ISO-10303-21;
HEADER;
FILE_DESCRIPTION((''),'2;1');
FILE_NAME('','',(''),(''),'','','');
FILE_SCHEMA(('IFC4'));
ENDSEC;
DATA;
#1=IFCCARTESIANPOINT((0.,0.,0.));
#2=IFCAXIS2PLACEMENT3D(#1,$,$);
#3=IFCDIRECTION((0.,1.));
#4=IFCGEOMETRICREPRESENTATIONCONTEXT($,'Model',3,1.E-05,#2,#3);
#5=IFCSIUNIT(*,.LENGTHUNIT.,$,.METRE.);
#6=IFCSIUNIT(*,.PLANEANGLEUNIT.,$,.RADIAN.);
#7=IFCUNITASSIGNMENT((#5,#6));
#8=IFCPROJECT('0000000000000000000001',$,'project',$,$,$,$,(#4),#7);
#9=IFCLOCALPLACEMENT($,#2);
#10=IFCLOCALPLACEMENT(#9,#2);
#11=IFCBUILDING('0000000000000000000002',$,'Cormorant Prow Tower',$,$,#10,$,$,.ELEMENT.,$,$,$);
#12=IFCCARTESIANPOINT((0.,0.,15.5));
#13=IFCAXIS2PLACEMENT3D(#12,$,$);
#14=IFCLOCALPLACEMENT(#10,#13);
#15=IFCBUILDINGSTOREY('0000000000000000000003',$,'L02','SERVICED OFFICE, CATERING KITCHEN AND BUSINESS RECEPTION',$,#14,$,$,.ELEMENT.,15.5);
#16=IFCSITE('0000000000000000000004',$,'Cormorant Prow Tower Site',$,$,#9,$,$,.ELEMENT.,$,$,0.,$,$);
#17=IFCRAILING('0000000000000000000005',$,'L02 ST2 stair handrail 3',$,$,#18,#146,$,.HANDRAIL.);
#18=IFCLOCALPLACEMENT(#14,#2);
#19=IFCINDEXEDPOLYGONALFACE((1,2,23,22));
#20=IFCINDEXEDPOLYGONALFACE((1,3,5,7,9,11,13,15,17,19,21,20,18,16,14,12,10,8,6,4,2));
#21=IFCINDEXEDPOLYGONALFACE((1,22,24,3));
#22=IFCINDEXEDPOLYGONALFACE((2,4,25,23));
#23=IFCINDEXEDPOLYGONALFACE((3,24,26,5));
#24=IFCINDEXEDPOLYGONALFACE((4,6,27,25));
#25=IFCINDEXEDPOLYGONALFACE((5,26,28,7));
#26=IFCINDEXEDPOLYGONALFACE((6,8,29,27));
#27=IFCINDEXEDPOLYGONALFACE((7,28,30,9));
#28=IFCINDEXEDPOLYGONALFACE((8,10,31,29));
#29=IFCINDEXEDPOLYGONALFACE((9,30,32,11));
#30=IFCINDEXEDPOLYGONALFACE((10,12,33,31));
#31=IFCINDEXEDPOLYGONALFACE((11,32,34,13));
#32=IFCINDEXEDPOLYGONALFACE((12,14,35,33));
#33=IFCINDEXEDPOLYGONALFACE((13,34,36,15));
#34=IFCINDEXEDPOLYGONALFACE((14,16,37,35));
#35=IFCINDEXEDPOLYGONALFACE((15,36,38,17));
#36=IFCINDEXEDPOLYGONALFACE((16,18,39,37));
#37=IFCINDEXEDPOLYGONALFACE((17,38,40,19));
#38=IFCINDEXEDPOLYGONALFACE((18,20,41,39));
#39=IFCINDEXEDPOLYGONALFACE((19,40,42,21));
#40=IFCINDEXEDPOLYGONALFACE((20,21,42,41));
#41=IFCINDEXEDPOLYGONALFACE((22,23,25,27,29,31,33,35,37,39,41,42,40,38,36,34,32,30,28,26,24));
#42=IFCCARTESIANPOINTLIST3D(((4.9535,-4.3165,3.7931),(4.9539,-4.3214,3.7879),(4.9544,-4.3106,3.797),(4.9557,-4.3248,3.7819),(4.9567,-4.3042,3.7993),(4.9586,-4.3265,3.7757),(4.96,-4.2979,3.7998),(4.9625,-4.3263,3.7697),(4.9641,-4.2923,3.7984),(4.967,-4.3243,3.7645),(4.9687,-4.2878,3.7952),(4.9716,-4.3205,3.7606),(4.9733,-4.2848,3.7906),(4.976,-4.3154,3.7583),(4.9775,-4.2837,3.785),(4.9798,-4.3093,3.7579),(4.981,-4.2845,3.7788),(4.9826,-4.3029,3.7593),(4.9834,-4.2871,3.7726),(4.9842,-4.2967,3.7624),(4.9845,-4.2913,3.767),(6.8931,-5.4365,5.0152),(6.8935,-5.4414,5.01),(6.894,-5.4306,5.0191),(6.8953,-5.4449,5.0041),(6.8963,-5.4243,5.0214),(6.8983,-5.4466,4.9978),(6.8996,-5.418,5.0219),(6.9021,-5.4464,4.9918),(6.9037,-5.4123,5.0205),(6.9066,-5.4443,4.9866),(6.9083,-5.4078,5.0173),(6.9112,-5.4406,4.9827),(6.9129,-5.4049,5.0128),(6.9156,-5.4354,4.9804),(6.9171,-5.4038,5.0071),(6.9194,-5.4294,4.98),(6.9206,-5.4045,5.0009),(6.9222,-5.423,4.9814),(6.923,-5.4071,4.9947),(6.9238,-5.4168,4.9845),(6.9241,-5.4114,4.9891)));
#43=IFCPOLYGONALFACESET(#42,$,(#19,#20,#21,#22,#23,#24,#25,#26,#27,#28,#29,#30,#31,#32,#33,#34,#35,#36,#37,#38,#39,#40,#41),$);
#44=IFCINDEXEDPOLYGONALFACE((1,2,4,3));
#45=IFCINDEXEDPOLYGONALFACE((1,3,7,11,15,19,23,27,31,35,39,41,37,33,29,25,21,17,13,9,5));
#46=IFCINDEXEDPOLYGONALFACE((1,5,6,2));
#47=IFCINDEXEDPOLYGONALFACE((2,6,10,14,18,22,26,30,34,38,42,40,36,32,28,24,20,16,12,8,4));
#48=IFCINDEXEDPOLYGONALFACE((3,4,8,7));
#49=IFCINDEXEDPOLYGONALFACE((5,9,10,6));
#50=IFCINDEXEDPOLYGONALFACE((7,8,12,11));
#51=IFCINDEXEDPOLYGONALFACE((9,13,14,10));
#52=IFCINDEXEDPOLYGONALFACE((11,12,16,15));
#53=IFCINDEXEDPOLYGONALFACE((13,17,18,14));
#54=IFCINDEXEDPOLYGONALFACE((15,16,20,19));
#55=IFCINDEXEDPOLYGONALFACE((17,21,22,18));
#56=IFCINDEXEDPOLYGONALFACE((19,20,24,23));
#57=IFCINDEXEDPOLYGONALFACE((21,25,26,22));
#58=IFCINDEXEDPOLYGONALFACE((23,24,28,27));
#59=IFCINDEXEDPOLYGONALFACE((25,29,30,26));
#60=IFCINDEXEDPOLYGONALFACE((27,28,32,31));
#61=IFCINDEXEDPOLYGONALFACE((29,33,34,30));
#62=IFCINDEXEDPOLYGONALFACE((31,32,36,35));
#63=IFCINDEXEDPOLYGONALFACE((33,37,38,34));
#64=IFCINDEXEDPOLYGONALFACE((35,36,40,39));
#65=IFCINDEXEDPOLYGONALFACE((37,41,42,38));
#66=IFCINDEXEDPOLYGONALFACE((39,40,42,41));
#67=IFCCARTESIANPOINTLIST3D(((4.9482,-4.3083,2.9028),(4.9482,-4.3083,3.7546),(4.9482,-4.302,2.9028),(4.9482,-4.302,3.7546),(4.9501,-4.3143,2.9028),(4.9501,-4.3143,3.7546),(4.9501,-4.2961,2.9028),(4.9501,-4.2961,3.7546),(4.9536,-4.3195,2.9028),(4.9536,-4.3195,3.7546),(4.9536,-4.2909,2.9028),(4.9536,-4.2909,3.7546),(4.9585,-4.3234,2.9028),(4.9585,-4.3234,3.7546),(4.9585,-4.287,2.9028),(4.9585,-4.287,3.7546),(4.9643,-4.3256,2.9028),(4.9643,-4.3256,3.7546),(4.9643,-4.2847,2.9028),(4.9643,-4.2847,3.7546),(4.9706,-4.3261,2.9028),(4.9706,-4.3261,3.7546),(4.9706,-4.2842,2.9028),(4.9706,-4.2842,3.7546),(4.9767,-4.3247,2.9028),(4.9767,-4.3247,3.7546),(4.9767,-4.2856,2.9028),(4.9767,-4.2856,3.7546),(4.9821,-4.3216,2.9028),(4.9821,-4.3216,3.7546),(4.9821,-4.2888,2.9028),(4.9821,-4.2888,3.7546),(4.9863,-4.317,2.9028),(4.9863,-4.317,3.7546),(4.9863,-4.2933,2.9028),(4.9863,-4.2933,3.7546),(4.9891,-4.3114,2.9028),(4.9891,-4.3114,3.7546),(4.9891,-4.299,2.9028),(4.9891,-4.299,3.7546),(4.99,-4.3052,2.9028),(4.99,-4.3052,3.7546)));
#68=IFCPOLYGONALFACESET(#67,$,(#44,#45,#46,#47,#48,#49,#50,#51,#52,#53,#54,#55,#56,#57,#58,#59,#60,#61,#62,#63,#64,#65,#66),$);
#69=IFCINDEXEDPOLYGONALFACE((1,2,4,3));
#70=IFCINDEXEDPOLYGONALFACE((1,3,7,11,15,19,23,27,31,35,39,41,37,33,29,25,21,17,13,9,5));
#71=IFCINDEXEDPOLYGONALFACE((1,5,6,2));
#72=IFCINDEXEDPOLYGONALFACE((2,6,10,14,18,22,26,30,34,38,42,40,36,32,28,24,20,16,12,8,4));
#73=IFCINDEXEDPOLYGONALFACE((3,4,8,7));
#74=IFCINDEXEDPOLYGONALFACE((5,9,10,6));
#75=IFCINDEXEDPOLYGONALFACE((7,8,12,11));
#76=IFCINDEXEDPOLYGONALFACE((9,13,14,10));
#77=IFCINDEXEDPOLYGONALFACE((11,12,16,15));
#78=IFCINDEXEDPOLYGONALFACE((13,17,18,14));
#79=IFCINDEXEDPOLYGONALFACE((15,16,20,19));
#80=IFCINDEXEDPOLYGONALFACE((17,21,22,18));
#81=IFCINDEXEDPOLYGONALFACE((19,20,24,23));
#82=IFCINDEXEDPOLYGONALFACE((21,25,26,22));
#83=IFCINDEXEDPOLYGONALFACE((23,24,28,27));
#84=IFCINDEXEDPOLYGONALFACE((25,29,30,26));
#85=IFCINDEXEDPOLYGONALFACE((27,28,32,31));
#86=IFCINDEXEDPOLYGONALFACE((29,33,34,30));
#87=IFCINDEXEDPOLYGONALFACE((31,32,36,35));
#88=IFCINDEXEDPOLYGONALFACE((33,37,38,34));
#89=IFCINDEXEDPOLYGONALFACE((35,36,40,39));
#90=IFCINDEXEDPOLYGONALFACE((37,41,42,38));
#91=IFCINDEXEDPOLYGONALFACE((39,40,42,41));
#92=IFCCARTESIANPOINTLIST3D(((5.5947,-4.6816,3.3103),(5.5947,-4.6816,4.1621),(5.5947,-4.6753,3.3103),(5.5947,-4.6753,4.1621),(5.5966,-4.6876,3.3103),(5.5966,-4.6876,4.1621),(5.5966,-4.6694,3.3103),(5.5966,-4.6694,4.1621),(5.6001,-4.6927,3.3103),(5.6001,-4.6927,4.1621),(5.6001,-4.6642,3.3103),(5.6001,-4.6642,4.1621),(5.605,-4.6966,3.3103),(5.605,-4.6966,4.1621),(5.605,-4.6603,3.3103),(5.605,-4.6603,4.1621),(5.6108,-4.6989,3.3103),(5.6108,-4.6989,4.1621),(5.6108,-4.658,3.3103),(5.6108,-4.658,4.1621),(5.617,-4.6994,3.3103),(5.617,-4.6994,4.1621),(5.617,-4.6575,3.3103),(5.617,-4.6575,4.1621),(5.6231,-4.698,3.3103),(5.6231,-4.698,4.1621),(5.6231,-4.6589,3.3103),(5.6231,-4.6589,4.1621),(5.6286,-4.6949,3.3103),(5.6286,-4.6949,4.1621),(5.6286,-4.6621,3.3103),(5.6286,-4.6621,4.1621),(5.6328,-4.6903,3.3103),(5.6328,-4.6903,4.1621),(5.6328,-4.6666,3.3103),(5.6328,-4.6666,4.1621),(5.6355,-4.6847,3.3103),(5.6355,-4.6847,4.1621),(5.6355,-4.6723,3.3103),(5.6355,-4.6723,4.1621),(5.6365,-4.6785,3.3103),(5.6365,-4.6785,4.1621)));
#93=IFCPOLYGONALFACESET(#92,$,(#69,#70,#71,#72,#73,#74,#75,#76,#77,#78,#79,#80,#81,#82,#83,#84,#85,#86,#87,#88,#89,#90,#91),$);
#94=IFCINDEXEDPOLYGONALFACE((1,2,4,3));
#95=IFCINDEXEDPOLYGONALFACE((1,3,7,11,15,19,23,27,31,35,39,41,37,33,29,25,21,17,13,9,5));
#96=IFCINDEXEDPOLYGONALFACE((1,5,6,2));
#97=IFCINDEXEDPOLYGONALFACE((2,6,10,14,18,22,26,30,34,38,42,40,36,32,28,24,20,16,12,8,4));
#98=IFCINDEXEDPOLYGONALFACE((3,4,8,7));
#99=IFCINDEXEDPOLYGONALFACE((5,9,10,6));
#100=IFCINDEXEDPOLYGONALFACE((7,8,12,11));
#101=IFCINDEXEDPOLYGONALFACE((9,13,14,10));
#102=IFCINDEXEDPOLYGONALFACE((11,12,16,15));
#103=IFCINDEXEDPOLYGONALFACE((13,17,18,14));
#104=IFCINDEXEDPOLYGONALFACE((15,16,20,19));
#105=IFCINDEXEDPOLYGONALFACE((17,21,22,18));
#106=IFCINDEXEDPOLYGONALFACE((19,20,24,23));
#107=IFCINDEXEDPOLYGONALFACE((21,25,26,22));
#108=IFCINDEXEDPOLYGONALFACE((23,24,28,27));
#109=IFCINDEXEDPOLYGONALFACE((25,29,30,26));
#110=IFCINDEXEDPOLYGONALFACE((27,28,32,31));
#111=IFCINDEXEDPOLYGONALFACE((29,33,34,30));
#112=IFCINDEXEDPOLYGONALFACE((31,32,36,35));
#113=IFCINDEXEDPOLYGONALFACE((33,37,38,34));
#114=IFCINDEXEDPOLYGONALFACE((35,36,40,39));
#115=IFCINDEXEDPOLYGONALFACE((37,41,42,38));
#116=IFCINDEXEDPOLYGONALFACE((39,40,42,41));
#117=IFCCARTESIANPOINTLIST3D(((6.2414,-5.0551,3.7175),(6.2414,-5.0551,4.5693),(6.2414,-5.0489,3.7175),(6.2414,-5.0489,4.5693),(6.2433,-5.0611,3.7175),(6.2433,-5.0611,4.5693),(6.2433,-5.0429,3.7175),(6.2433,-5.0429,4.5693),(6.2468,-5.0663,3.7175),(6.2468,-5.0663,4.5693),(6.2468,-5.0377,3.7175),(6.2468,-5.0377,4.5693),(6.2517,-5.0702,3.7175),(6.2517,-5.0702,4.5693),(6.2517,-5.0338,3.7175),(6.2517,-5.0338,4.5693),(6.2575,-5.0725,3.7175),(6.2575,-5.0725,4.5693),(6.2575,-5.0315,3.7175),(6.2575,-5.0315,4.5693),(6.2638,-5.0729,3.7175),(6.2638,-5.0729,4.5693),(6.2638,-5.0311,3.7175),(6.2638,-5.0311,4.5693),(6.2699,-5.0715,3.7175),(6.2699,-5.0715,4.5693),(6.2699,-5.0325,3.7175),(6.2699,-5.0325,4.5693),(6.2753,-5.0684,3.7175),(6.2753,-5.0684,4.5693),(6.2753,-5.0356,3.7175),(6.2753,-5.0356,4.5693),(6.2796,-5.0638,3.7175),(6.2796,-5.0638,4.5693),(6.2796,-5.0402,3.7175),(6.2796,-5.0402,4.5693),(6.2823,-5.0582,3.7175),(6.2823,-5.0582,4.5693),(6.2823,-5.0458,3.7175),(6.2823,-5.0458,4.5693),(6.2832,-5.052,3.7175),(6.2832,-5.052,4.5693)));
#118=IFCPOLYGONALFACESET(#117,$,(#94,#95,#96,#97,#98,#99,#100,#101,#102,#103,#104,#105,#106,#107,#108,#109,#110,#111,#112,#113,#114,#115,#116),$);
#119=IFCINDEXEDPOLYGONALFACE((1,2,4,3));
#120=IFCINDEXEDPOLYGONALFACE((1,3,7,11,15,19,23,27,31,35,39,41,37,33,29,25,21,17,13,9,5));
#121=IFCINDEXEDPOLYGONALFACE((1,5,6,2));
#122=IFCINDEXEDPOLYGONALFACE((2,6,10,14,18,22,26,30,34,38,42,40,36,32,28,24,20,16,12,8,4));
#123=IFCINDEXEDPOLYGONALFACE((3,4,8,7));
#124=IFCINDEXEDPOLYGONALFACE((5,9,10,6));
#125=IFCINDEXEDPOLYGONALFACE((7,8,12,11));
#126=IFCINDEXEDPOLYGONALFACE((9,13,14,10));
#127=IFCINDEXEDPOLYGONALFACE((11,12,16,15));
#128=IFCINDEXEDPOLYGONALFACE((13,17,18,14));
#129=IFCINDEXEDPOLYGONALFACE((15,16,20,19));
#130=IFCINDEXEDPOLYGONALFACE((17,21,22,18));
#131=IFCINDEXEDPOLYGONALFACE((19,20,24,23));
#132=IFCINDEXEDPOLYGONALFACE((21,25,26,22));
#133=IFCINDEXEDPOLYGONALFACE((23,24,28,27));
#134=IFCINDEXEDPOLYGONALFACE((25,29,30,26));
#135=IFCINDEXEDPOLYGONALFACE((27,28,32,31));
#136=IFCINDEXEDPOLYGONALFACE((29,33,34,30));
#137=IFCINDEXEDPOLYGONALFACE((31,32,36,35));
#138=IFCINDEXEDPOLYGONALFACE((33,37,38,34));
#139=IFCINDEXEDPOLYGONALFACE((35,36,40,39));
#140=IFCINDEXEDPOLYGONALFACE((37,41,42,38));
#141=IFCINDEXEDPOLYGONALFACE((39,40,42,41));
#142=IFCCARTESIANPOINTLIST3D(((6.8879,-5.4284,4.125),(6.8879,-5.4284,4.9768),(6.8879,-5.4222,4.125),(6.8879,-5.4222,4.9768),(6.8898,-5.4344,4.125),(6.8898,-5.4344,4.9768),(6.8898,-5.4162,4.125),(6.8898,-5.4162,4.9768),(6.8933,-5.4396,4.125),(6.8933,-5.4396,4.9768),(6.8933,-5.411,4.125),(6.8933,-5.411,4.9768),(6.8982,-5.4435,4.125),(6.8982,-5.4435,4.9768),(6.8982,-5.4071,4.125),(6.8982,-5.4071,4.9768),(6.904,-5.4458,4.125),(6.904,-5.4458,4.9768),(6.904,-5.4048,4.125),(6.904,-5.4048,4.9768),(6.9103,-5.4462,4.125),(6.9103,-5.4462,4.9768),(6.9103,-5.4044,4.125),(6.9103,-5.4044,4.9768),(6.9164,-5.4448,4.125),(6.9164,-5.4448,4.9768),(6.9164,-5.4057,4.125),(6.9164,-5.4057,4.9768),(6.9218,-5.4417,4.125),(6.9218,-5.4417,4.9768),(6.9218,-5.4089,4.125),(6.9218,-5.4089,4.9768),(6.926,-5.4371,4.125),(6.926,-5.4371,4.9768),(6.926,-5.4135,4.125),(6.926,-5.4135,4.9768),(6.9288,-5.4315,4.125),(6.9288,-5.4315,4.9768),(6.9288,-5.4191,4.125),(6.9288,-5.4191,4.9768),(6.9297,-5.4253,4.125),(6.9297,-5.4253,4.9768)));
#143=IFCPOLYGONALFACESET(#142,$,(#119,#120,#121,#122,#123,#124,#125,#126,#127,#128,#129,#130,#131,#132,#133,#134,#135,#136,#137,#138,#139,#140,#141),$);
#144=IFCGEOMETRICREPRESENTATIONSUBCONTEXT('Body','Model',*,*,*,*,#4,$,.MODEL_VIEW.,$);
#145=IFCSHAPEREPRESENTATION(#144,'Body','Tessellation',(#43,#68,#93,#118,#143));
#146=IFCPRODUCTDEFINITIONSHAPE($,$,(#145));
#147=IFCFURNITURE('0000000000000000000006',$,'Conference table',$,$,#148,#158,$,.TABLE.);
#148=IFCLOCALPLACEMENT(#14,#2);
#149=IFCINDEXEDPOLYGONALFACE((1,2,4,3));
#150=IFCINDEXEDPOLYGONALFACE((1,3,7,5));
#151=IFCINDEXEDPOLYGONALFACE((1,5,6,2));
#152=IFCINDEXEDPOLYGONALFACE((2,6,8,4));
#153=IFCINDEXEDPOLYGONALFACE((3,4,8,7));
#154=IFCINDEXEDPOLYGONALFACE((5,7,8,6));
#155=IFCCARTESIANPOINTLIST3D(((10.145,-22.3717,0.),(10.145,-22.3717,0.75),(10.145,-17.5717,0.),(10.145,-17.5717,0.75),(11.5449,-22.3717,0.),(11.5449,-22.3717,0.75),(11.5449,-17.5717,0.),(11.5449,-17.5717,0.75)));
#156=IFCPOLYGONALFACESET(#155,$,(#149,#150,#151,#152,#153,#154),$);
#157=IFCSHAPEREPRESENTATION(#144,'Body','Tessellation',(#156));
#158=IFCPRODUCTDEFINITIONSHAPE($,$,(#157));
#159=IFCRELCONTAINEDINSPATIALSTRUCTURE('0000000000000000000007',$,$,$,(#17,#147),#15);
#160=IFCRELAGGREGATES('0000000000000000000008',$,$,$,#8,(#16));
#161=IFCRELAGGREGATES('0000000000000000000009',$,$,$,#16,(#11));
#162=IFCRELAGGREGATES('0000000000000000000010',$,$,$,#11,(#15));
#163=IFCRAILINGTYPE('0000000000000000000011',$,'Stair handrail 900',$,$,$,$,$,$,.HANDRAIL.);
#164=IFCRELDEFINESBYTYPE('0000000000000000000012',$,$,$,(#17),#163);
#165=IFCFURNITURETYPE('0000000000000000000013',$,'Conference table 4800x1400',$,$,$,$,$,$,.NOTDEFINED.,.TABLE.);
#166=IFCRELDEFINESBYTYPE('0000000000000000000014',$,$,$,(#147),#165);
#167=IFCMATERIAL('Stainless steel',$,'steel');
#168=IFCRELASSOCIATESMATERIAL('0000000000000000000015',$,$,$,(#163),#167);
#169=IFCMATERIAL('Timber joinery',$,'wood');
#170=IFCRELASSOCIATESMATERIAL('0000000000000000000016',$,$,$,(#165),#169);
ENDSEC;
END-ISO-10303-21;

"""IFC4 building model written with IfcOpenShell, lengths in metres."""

from ifc_helpers import new_model, si_unit, direction, frame, origin, origin_2d, place, context, subcontext, project, spatial, rectangle, circle, extrude, material, type_object, element, save


model = new_model("IFC4")

# Units and contexts
model_context = context("Model", 3, precision=1e-05, world=origin(), true_north=direction((0.0, 1.0)))
body_context = subcontext(model_context, "Body", "Model", "MODEL_VIEW")
ifc_project = project(units=[si_unit("LENGTHUNIT", "METRE"), si_unit("PLANEANGLEUNIT", "RADIAN")], contexts=[model_context])

# Site, building, storey
site_placement = place(None, origin())
site = spatial("IfcSite", under=ifc_project, at=site_placement, Name="Cormorant Prow Tower Site", CompositionType="ELEMENT", RefElevation=0.0)
building_placement = place(site_placement, origin())
building = spatial("IfcBuilding", under=site, at=building_placement, Name="Cormorant Prow Tower", CompositionType="ELEMENT")
storey_placement = place(building_placement, frame((0.0, 0.0, 15.5)))
storey = spatial("IfcBuildingStorey", under=building, at=storey_placement, Name="L02", Description="SERVICED OFFICE, CATERING KITCHEN AND BUSINESS RECEPTION", CompositionType="ELEMENT", Elevation=15.5)

# Railing
ifc_material_1 = material(Name="Stainless steel", Category="steel")
railing_type = type_object("IfcRailingType", Name="Stair handrail 900", PredefinedType="HANDRAIL", material=ifc_material_1)
for number, where, name in (
    (1, (4.969, -4.3052, 2.9028), "L02 ST2 stair handrail 3"),
):
    element("IfcRailing", number, at=place(storey_placement, frame(where)), inside=storey, type_object=railing_type, Name=name, PredefinedType="HANDRAIL", context=body_context, shape_type="SweptSolid", body=[
        extrude(circle(Radius=0.0239, at=origin_2d()), frame((0.0, 0.0, 0.876), z_axis=(0.760182, -0.438982, 0.478977), x_axis=(0.500078, 0.86598, 0.0)), (0.0, 0.0, 1.0), 2.5515),
        extrude(circle(Radius=0.021, at=origin_2d()), origin(), (0.0, 0.0, 1.0), 0.8518),
        extrude(circle(Radius=0.021, at=origin_2d()), frame((0.6465, -0.3733, 0.4075)), (0.0, 0.0, 1.0), 0.8518),
        extrude(circle(Radius=0.021, at=origin_2d()), frame((1.2932, -0.7468, 0.8147)), (0.0, 0.0, 1.0), 0.8518),
        extrude(circle(Radius=0.021, at=origin_2d()), frame((1.9397, -1.1201, 1.2222)), (0.0, 0.0, 1.0), 0.8518),
    ])

# Furniture
ifc_material_2 = material(Name="Timber joinery", Category="wood")
furniture_type = type_object("IfcFurnitureType", Name="Conference table 4800x1400", AssemblyPlace="NOTDEFINED", PredefinedType="TABLE", material=ifc_material_2)
furniture_placement = place(storey_placement, frame((10.845, -19.9717, 0.0), z_axis=(0.0, 0.0, 1.0), x_axis=(0.0, 1.0, 0.0)))
element("IfcFurniture", 2, at=furniture_placement, inside=storey, type_object=furniture_type, Name="Conference table", PredefinedType="TABLE", context=body_context, shape_type="SweptSolid", body=[
    extrude(rectangle(XDim=4.8, YDim=1.3999, at=origin_2d()), origin(), (0.0, 0.0, 1.0), 0.75),
])

save(model, "model.ifc")
